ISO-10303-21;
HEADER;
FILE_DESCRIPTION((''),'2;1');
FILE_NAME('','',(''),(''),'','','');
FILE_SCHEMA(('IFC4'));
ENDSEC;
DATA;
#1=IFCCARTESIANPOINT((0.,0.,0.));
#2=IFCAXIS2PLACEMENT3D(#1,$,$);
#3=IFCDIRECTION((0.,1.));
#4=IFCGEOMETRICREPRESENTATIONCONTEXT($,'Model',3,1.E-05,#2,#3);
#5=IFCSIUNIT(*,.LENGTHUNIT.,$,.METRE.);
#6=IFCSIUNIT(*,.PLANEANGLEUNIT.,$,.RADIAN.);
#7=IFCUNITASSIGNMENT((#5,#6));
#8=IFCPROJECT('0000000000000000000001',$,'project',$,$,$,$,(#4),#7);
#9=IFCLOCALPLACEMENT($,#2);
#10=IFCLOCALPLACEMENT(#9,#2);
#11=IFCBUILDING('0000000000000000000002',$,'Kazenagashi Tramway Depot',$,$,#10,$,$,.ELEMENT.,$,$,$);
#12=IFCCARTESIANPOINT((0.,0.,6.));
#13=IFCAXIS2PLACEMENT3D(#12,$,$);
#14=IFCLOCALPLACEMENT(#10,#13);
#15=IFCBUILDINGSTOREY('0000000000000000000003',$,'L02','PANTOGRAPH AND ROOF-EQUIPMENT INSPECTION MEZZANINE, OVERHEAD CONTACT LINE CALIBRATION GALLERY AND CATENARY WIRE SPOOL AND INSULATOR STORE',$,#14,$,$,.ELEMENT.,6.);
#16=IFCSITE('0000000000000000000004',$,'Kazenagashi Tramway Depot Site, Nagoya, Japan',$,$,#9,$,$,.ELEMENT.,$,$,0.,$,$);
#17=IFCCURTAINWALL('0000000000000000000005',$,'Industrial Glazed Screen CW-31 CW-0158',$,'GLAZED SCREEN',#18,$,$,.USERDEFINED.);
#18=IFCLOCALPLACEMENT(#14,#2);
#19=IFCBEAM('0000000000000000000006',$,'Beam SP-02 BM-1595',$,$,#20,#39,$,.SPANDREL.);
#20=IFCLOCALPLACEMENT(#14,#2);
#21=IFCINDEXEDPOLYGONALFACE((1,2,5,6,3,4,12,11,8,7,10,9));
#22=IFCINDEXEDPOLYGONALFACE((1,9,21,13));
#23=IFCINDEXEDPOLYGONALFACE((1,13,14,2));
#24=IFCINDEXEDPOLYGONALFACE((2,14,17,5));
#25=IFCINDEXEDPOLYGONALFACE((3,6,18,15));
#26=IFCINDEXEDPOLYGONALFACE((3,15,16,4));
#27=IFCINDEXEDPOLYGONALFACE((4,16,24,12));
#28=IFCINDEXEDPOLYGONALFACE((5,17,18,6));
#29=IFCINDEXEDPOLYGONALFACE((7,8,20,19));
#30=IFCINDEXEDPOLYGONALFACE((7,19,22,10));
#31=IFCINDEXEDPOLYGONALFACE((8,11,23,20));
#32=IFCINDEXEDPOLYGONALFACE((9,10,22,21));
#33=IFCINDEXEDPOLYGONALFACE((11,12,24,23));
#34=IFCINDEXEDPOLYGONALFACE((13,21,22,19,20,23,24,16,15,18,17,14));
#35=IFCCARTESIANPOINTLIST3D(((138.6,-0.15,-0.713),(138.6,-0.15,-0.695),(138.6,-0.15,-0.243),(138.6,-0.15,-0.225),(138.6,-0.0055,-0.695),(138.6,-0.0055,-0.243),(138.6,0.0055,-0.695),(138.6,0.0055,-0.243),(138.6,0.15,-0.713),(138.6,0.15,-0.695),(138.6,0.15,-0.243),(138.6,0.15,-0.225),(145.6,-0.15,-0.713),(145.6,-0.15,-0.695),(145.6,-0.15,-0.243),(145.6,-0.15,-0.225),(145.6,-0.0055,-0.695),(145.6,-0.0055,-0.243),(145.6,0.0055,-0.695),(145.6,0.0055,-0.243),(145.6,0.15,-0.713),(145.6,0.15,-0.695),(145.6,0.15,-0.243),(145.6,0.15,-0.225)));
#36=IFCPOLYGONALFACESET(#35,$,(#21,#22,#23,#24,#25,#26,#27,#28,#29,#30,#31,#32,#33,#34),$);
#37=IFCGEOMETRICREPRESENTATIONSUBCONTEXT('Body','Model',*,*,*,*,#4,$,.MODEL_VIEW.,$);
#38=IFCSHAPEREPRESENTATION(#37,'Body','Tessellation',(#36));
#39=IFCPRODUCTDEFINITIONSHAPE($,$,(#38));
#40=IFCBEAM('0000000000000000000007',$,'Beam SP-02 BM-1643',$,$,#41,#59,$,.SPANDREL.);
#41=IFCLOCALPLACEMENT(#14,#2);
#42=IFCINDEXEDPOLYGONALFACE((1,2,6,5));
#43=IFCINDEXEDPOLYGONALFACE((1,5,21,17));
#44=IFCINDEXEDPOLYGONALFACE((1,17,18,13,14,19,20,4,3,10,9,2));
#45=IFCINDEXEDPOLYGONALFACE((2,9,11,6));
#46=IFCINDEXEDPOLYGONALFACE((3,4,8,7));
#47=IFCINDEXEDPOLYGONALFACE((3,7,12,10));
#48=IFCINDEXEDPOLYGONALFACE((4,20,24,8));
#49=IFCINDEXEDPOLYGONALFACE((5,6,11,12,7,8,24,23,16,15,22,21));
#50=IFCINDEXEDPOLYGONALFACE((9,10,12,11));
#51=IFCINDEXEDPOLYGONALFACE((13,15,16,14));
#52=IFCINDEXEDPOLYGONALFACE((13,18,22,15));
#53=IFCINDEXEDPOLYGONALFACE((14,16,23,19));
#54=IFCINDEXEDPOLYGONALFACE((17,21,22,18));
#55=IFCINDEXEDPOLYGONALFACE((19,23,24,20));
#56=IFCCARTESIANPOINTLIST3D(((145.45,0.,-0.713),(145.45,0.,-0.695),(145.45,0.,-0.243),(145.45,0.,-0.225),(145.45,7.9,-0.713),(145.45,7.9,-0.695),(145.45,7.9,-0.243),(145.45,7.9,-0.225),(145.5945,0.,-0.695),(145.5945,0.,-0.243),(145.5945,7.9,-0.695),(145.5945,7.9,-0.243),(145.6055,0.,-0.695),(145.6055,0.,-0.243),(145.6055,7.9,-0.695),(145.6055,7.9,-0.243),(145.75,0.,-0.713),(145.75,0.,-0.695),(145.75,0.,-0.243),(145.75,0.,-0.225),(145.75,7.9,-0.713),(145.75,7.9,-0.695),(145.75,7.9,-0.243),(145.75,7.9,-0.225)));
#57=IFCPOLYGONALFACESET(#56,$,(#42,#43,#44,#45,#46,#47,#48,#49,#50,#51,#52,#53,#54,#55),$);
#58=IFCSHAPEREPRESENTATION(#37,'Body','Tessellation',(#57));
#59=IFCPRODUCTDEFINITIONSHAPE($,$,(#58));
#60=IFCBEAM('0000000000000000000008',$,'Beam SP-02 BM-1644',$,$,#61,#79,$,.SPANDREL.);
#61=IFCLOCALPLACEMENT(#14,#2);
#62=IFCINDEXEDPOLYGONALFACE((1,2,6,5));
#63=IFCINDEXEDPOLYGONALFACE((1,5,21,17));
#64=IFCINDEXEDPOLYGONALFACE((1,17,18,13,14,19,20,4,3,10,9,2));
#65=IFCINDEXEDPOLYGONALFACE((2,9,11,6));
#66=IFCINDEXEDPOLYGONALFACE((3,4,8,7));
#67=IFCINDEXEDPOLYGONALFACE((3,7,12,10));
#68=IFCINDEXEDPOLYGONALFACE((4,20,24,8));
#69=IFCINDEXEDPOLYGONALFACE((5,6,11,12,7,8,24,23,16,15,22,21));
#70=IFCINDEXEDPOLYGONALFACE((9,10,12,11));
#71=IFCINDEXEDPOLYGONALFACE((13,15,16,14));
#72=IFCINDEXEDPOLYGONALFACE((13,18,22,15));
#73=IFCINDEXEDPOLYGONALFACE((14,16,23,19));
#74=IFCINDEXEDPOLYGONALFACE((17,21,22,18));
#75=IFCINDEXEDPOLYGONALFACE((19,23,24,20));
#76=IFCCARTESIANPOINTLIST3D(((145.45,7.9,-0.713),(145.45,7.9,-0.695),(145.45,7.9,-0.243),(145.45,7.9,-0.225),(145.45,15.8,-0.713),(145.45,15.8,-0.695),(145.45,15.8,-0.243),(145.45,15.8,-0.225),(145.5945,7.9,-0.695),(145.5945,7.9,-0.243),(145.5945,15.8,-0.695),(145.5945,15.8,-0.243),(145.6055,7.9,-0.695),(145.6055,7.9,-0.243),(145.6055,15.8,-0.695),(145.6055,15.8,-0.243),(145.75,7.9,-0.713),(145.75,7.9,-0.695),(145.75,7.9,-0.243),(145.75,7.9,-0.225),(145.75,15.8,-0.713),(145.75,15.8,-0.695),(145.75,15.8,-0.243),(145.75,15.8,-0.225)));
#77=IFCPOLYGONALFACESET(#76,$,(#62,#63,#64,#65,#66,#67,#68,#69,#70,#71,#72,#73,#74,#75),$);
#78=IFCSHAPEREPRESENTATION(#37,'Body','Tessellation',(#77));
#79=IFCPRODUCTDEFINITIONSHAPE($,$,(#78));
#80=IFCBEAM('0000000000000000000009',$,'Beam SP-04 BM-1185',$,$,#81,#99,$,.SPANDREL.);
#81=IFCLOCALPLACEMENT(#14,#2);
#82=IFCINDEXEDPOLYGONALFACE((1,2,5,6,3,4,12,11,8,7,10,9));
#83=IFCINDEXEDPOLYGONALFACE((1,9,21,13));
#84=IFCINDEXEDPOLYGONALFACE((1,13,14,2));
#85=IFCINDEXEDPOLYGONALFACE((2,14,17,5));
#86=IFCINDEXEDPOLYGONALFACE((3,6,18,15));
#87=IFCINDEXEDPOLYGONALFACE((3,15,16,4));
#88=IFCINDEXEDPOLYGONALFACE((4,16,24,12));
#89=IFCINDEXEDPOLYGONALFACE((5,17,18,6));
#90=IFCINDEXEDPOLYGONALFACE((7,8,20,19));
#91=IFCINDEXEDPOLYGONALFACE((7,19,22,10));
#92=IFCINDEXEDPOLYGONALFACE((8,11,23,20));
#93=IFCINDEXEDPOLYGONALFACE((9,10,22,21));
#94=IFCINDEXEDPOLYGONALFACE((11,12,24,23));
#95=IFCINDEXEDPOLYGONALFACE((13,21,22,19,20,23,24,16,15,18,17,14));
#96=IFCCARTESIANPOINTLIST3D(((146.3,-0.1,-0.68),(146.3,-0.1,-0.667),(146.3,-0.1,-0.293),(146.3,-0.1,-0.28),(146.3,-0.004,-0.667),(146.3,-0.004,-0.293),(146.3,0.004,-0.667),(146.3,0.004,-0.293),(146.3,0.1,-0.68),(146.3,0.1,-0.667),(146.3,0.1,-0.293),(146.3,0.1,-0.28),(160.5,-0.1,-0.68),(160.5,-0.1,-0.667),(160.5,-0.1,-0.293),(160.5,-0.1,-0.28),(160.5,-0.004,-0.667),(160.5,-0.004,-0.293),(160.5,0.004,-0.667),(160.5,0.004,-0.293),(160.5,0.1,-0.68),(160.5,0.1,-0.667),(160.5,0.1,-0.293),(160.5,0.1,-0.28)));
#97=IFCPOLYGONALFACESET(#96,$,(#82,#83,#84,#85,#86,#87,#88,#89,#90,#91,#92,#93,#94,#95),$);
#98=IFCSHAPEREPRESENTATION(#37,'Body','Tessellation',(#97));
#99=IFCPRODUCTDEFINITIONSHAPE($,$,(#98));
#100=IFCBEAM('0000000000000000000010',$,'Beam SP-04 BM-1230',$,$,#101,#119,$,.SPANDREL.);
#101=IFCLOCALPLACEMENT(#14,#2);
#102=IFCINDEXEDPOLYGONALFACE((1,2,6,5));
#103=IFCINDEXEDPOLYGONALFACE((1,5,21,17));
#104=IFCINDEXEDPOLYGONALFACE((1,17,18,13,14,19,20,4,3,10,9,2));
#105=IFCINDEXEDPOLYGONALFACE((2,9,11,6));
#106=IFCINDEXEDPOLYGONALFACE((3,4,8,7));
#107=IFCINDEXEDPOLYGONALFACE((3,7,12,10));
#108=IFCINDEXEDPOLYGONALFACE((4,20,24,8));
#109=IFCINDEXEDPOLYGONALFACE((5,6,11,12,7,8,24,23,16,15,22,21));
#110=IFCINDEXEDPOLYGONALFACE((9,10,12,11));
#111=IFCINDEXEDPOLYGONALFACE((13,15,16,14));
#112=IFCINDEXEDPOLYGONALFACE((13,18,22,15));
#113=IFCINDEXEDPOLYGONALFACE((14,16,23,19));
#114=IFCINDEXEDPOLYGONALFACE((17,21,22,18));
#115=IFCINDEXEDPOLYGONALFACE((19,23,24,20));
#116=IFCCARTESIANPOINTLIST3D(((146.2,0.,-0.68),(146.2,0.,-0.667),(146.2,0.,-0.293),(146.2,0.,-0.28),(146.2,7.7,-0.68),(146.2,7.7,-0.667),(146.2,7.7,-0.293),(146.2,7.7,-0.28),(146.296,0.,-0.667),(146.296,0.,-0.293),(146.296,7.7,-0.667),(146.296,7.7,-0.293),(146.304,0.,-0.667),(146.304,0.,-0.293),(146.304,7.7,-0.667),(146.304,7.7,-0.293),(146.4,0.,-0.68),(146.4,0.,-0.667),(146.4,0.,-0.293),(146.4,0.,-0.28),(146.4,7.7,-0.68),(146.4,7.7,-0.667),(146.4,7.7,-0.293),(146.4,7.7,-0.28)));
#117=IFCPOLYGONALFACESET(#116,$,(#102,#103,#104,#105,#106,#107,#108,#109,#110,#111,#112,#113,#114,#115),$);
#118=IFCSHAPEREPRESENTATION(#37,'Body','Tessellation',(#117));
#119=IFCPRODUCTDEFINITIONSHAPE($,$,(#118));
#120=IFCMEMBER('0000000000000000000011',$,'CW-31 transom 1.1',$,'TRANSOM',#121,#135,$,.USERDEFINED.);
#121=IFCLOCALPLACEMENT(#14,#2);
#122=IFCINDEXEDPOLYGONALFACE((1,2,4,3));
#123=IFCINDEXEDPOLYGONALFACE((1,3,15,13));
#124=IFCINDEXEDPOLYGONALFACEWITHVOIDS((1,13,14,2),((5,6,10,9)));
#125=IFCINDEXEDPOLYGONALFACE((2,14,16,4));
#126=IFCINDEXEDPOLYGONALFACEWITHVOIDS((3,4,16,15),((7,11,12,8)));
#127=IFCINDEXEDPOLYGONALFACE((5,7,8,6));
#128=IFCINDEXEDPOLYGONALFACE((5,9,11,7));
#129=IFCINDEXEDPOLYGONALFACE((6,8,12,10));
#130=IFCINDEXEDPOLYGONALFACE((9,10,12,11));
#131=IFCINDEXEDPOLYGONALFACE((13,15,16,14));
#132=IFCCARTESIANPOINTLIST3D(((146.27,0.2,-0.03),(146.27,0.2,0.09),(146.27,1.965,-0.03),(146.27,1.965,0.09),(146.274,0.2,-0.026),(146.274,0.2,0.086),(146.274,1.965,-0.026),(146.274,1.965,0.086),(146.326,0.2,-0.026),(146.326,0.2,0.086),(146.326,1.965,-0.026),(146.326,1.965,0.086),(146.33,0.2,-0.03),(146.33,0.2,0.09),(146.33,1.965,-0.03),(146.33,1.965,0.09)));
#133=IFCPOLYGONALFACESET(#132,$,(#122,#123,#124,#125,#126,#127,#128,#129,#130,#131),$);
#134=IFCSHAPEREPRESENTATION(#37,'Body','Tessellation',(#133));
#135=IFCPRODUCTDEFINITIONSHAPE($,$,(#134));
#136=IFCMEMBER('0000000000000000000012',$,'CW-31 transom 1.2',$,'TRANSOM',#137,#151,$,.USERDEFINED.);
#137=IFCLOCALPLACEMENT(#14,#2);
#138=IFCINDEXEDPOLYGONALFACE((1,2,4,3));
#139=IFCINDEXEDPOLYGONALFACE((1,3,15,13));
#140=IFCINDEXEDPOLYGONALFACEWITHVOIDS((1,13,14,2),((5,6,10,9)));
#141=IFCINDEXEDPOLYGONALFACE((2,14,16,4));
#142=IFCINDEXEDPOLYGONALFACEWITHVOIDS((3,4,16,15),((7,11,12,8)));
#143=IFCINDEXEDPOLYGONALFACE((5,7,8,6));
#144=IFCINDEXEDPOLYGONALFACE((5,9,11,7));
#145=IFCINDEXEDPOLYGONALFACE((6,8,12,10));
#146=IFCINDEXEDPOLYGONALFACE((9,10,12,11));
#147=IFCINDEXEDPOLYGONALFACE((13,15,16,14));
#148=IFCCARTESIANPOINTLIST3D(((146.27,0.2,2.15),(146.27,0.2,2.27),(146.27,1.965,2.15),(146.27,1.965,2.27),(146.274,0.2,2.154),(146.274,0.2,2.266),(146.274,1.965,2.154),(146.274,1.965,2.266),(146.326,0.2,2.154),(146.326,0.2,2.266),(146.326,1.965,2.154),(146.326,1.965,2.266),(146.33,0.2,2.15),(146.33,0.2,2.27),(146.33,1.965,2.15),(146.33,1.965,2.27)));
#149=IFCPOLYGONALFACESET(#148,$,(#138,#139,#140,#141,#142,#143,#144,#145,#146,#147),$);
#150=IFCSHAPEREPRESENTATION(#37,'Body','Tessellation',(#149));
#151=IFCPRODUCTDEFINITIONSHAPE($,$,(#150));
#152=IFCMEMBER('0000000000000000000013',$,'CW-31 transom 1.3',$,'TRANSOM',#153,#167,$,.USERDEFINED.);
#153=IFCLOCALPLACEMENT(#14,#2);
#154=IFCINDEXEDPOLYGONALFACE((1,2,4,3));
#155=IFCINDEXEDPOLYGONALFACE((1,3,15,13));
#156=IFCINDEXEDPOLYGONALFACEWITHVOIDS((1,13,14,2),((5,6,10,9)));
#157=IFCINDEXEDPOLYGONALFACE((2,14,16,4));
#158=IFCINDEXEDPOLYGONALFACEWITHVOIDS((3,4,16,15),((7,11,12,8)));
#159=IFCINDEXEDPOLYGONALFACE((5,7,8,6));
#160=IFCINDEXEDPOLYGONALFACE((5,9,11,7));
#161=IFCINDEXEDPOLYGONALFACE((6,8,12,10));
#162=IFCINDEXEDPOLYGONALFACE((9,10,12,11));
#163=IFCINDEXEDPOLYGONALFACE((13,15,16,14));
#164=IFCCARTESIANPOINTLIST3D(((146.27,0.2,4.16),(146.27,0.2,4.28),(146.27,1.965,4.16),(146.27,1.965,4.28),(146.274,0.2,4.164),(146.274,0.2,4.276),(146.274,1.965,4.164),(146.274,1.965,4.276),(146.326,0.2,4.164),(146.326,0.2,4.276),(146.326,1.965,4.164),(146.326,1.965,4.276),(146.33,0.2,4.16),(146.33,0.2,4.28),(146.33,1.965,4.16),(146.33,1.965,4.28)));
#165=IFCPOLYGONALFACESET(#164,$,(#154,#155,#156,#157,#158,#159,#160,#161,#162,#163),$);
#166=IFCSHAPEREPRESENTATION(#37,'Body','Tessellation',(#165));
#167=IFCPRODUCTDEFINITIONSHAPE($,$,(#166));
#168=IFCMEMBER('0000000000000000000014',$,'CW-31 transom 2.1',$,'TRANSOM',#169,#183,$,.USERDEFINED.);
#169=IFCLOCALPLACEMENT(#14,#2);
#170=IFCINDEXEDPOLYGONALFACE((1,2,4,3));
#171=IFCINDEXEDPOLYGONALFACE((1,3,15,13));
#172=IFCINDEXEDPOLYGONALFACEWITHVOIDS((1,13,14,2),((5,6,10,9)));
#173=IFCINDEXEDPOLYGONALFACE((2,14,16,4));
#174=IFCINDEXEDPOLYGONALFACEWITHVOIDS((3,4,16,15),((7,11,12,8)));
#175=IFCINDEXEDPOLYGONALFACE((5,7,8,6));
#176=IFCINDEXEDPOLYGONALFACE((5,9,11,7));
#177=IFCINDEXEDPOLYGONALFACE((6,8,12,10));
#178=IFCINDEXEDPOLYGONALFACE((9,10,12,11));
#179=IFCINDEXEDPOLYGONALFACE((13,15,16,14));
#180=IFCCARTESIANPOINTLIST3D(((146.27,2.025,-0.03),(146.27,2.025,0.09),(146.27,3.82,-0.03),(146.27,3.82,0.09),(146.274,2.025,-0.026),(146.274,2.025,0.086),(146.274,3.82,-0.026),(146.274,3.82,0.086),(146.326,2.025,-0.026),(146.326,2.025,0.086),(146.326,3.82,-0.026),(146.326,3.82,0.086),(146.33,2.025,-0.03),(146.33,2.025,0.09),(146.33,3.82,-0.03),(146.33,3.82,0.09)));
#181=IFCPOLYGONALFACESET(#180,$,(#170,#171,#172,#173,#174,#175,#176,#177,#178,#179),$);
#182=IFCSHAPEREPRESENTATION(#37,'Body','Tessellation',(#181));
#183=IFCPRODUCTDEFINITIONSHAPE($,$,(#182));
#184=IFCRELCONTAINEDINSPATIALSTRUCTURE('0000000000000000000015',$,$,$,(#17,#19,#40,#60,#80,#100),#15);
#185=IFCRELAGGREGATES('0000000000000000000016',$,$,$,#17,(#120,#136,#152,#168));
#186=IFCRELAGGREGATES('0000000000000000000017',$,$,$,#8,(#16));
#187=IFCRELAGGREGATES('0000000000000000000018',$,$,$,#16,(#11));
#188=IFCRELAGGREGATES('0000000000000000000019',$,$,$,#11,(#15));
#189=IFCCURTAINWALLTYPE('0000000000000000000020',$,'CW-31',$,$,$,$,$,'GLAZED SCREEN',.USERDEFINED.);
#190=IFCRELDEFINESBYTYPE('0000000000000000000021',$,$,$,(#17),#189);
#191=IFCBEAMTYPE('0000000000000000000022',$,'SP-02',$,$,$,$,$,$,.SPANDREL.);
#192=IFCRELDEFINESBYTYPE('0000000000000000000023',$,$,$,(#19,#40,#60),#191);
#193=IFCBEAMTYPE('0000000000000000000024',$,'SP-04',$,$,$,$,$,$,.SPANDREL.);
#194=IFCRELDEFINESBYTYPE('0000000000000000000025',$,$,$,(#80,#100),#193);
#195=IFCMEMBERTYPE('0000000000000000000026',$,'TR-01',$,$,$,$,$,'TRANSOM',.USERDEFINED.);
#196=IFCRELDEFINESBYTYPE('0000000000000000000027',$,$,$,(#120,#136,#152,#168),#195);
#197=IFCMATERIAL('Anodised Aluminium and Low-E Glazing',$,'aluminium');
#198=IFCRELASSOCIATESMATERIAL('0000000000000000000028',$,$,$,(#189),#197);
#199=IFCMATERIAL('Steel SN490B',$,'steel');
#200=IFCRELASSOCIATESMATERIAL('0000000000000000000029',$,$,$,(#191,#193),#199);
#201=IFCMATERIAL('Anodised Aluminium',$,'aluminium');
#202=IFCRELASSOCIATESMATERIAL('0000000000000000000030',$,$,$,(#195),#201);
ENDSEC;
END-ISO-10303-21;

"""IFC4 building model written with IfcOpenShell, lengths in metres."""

from ifc_helpers import new_model, si_unit, direction, frame, origin, origin_2d, place, context, subcontext, project, spatial, hollow_rectangle, i_section, extrude, material, material_profile, profile_set, type_object, element, aggregate, save


model = new_model("IFC4")

# Units and contexts
model_context = context("Model", 3, precision=1e-05, world=origin(), true_north=direction((0.0, 1.0)))
body_context = subcontext(model_context, "Body", "Model", "MODEL_VIEW")
ifc_project = project(units=[si_unit("LENGTHUNIT", "METRE"), si_unit("PLANEANGLEUNIT", "RADIAN")], contexts=[model_context])

# Site, building, storey
site_placement = place(None, origin())
site = spatial("IfcSite", under=ifc_project, at=site_placement, Name="Kazenagashi Tramway Depot Site, Nagoya, Japan", CompositionType="ELEMENT", RefElevation=0.0)
building_placement = place(site_placement, origin())
building = spatial("IfcBuilding", under=site, at=building_placement, Name="Kazenagashi Tramway Depot", CompositionType="ELEMENT")
storey_placement = place(building_placement, frame((0.0, 0.0, 6.0)))
storey = spatial("IfcBuildingStorey", under=building, at=storey_placement, Name="L02", Description="PANTOGRAPH AND ROOF-EQUIPMENT INSPECTION MEZZANINE, OVERHEAD CONTACT LINE CALIBRATION GALLERY AND CATENARY WIRE SPOOL AND INSULATOR STORE", CompositionType="ELEMENT", Elevation=6.0)

# Shared definitions
ifc_material_1 = material(Name="Steel SN490B", Category="steel")

# Curtain wall
ifc_material_2 = material(Name="Anodised Aluminium and Low-E Glazing", Category="aluminium")
curtain_wall_type = type_object("IfcCurtainWallType", Name="CW-31", ElementType="GLAZED SCREEN", PredefinedType="USERDEFINED", material=ifc_material_2)
curtain_wall_placement = place(storey_placement, origin())
curtain_wall = element("IfcCurtainWall", 1, at=curtain_wall_placement, inside=storey, type_object=curtain_wall_type, Name="Industrial Glazed Screen CW-31 CW-0158", ObjectType="GLAZED SCREEN", PredefinedType="USERDEFINED")
ifc_material_3 = material(Name="Anodised Aluminium", Category="aluminium")

# Beams
ifc_material_profile_1 = material_profile(ifc_material_1, i_section(OverallWidth=0.3, OverallDepth=0.488, WebThickness=0.011, FlangeThickness=0.018, at=origin_2d()), Name="H-488x300x11x18")
ifc_profile_set_1 = profile_set([ifc_material_profile_1], Name="Steel SN490B")
beam_type_1 = type_object("IfcBeamType", Name="SP-02", PredefinedType="SPANDREL", material=ifc_profile_set_1)
beam_1_placement = place(storey_placement, frame((138.6, 0.0, -0.469), z_axis=(1.0, 0.0, 0.0), x_axis=(0.0, 1.0, 0.0)))
element("IfcBeam", 2, at=beam_1_placement, inside=storey, type_object=beam_type_1, Name="Beam SP-02 BM-1595", PredefinedType="SPANDREL", context=body_context, shape_type="SweptSolid", body=[
    extrude(i_section(OverallWidth=0.3, OverallDepth=0.488, WebThickness=0.011, FlangeThickness=0.018, at=origin_2d()), origin(), (0.0, 0.0, 1.0), 7.0),
])
for number, where, z_axis, x_axis, name in (
    (3, (145.6, 0.0, -0.469), (0.0, 1.0, 0.0), (-1.0, 0.0, 0.0), "Beam SP-02 BM-1643"),
    (4, (145.6, 7.9, -0.469), (0.0, 1.0, 0.0), (-1.0, 0.0, 0.0), "Beam SP-02 BM-1644"),
):
    element("IfcBeam", number, at=place(storey_placement, frame(where, z_axis=z_axis, x_axis=x_axis)), inside=storey, type_object=beam_type_1, Name=name, PredefinedType="SPANDREL", context=body_context, shape_type="SweptSolid", body=[
        extrude(i_section(OverallWidth=0.3, OverallDepth=0.488, WebThickness=0.011, FlangeThickness=0.018, at=origin_2d()), origin(), (0.0, 0.0, 1.0), 7.9),
    ])
ifc_material_profile_2 = material_profile(ifc_material_1, i_section(OverallWidth=0.2, OverallDepth=0.4, WebThickness=0.008, FlangeThickness=0.013, at=origin_2d()), Name="H-400x200x8x13")
ifc_profile_set_2 = profile_set([ifc_material_profile_2], Name="Steel SN490B")
beam_type_2 = type_object("IfcBeamType", Name="SP-04", PredefinedType="SPANDREL", material=ifc_profile_set_2)
beam_2_placement = place(storey_placement, frame((146.3, 0.0, -0.48), z_axis=(1.0, 0.0, 0.0), x_axis=(0.0, 1.0, 0.0)))
element("IfcBeam", 5, at=beam_2_placement, inside=storey, type_object=beam_type_2, Name="Beam SP-04 BM-1185", PredefinedType="SPANDREL", context=body_context, shape_type="SweptSolid", body=[
    extrude(i_section(OverallWidth=0.2, OverallDepth=0.4, WebThickness=0.008, FlangeThickness=0.013, at=origin_2d()), origin(), (0.0, 0.0, 1.0), 14.2),
])
beam_3_placement = place(storey_placement, frame((146.3, 0.0, -0.48), z_axis=(0.0, 1.0, 0.0), x_axis=(-1.0, 0.0, 0.0)))
element("IfcBeam", 6, at=beam_3_placement, inside=storey, type_object=beam_type_2, Name="Beam SP-04 BM-1230", PredefinedType="SPANDREL", context=body_context, shape_type="SweptSolid", body=[
    extrude(i_section(OverallWidth=0.2, OverallDepth=0.4, WebThickness=0.008, FlangeThickness=0.013, at=origin_2d()), origin(), (0.0, 0.0, 1.0), 7.7),
])

# Members
ifc_material_profile_3 = material_profile(ifc_material_3, hollow_rectangle(XDim=0.06, YDim=0.12, WallThickness=0.004, at=origin_2d()), Name="RHS-120x60x4")
ifc_profile_set_3 = profile_set([ifc_material_profile_3], Name="Anodised Aluminium")
member_type_1 = type_object("IfcMemberType", Name="TR-01", ElementType="TRANSOM", PredefinedType="USERDEFINED", material=ifc_profile_set_3)
member_1_placement = place(storey_placement, frame((146.3, 0.2, 0.03), z_axis=(0.0, 1.0, 0.0), x_axis=(-1.0, 0.0, 0.0)))
member_1 = element("IfcMember", 7, at=member_1_placement, type_object=member_type_1, Name="CW-31 transom 1.1", ObjectType="TRANSOM", PredefinedType="USERDEFINED", context=body_context, shape_type="SweptSolid", body=[
    extrude(hollow_rectangle(XDim=0.06, YDim=0.12, WallThickness=0.004, at=origin_2d()), origin(), (0.0, 0.0, 1.0), 1.765),
])
member_2_placement = place(storey_placement, frame((146.3, 0.2, 2.21), z_axis=(0.0, 1.0, 0.0), x_axis=(-1.0, 0.0, 0.0)))
member_2 = element("IfcMember", 8, at=member_2_placement, type_object=member_type_1, Name="CW-31 transom 1.2", ObjectType="TRANSOM", PredefinedType="USERDEFINED", context=body_context, shape_type="SweptSolid", body=[
    extrude(hollow_rectangle(XDim=0.06, YDim=0.12, WallThickness=0.004, at=origin_2d()), origin(), (0.0, 0.0, 1.0), 1.765),
])
member_3_placement = place(storey_placement, frame((146.3, 0.2, 4.22), z_axis=(0.0, 1.0, 0.0), x_axis=(-1.0, 0.0, 0.0)))
member_3 = element("IfcMember", 9, at=member_3_placement, type_object=member_type_1, Name="CW-31 transom 1.3", ObjectType="TRANSOM", PredefinedType="USERDEFINED", context=body_context, shape_type="SweptSolid", body=[
    extrude(hollow_rectangle(XDim=0.06, YDim=0.12, WallThickness=0.004, at=origin_2d()), origin(), (0.0, 0.0, 1.0), 1.765),
])
member_4_placement = place(storey_placement, frame((146.3, 2.025, 0.03), z_axis=(0.0, 1.0, 0.0), x_axis=(-1.0, 0.0, 0.0)))
member_4 = element("IfcMember", 10, at=member_4_placement, type_object=member_type_1, Name="CW-31 transom 2.1", ObjectType="TRANSOM", PredefinedType="USERDEFINED", context=body_context, shape_type="SweptSolid", body=[
    extrude(hollow_rectangle(XDim=0.06, YDim=0.12, WallThickness=0.004, at=origin_2d()), origin(), (0.0, 0.0, 1.0), 1.795),
])

aggregate(curtain_wall, [member_1, member_2, member_3, member_4])

save(model, "model.ifc")
